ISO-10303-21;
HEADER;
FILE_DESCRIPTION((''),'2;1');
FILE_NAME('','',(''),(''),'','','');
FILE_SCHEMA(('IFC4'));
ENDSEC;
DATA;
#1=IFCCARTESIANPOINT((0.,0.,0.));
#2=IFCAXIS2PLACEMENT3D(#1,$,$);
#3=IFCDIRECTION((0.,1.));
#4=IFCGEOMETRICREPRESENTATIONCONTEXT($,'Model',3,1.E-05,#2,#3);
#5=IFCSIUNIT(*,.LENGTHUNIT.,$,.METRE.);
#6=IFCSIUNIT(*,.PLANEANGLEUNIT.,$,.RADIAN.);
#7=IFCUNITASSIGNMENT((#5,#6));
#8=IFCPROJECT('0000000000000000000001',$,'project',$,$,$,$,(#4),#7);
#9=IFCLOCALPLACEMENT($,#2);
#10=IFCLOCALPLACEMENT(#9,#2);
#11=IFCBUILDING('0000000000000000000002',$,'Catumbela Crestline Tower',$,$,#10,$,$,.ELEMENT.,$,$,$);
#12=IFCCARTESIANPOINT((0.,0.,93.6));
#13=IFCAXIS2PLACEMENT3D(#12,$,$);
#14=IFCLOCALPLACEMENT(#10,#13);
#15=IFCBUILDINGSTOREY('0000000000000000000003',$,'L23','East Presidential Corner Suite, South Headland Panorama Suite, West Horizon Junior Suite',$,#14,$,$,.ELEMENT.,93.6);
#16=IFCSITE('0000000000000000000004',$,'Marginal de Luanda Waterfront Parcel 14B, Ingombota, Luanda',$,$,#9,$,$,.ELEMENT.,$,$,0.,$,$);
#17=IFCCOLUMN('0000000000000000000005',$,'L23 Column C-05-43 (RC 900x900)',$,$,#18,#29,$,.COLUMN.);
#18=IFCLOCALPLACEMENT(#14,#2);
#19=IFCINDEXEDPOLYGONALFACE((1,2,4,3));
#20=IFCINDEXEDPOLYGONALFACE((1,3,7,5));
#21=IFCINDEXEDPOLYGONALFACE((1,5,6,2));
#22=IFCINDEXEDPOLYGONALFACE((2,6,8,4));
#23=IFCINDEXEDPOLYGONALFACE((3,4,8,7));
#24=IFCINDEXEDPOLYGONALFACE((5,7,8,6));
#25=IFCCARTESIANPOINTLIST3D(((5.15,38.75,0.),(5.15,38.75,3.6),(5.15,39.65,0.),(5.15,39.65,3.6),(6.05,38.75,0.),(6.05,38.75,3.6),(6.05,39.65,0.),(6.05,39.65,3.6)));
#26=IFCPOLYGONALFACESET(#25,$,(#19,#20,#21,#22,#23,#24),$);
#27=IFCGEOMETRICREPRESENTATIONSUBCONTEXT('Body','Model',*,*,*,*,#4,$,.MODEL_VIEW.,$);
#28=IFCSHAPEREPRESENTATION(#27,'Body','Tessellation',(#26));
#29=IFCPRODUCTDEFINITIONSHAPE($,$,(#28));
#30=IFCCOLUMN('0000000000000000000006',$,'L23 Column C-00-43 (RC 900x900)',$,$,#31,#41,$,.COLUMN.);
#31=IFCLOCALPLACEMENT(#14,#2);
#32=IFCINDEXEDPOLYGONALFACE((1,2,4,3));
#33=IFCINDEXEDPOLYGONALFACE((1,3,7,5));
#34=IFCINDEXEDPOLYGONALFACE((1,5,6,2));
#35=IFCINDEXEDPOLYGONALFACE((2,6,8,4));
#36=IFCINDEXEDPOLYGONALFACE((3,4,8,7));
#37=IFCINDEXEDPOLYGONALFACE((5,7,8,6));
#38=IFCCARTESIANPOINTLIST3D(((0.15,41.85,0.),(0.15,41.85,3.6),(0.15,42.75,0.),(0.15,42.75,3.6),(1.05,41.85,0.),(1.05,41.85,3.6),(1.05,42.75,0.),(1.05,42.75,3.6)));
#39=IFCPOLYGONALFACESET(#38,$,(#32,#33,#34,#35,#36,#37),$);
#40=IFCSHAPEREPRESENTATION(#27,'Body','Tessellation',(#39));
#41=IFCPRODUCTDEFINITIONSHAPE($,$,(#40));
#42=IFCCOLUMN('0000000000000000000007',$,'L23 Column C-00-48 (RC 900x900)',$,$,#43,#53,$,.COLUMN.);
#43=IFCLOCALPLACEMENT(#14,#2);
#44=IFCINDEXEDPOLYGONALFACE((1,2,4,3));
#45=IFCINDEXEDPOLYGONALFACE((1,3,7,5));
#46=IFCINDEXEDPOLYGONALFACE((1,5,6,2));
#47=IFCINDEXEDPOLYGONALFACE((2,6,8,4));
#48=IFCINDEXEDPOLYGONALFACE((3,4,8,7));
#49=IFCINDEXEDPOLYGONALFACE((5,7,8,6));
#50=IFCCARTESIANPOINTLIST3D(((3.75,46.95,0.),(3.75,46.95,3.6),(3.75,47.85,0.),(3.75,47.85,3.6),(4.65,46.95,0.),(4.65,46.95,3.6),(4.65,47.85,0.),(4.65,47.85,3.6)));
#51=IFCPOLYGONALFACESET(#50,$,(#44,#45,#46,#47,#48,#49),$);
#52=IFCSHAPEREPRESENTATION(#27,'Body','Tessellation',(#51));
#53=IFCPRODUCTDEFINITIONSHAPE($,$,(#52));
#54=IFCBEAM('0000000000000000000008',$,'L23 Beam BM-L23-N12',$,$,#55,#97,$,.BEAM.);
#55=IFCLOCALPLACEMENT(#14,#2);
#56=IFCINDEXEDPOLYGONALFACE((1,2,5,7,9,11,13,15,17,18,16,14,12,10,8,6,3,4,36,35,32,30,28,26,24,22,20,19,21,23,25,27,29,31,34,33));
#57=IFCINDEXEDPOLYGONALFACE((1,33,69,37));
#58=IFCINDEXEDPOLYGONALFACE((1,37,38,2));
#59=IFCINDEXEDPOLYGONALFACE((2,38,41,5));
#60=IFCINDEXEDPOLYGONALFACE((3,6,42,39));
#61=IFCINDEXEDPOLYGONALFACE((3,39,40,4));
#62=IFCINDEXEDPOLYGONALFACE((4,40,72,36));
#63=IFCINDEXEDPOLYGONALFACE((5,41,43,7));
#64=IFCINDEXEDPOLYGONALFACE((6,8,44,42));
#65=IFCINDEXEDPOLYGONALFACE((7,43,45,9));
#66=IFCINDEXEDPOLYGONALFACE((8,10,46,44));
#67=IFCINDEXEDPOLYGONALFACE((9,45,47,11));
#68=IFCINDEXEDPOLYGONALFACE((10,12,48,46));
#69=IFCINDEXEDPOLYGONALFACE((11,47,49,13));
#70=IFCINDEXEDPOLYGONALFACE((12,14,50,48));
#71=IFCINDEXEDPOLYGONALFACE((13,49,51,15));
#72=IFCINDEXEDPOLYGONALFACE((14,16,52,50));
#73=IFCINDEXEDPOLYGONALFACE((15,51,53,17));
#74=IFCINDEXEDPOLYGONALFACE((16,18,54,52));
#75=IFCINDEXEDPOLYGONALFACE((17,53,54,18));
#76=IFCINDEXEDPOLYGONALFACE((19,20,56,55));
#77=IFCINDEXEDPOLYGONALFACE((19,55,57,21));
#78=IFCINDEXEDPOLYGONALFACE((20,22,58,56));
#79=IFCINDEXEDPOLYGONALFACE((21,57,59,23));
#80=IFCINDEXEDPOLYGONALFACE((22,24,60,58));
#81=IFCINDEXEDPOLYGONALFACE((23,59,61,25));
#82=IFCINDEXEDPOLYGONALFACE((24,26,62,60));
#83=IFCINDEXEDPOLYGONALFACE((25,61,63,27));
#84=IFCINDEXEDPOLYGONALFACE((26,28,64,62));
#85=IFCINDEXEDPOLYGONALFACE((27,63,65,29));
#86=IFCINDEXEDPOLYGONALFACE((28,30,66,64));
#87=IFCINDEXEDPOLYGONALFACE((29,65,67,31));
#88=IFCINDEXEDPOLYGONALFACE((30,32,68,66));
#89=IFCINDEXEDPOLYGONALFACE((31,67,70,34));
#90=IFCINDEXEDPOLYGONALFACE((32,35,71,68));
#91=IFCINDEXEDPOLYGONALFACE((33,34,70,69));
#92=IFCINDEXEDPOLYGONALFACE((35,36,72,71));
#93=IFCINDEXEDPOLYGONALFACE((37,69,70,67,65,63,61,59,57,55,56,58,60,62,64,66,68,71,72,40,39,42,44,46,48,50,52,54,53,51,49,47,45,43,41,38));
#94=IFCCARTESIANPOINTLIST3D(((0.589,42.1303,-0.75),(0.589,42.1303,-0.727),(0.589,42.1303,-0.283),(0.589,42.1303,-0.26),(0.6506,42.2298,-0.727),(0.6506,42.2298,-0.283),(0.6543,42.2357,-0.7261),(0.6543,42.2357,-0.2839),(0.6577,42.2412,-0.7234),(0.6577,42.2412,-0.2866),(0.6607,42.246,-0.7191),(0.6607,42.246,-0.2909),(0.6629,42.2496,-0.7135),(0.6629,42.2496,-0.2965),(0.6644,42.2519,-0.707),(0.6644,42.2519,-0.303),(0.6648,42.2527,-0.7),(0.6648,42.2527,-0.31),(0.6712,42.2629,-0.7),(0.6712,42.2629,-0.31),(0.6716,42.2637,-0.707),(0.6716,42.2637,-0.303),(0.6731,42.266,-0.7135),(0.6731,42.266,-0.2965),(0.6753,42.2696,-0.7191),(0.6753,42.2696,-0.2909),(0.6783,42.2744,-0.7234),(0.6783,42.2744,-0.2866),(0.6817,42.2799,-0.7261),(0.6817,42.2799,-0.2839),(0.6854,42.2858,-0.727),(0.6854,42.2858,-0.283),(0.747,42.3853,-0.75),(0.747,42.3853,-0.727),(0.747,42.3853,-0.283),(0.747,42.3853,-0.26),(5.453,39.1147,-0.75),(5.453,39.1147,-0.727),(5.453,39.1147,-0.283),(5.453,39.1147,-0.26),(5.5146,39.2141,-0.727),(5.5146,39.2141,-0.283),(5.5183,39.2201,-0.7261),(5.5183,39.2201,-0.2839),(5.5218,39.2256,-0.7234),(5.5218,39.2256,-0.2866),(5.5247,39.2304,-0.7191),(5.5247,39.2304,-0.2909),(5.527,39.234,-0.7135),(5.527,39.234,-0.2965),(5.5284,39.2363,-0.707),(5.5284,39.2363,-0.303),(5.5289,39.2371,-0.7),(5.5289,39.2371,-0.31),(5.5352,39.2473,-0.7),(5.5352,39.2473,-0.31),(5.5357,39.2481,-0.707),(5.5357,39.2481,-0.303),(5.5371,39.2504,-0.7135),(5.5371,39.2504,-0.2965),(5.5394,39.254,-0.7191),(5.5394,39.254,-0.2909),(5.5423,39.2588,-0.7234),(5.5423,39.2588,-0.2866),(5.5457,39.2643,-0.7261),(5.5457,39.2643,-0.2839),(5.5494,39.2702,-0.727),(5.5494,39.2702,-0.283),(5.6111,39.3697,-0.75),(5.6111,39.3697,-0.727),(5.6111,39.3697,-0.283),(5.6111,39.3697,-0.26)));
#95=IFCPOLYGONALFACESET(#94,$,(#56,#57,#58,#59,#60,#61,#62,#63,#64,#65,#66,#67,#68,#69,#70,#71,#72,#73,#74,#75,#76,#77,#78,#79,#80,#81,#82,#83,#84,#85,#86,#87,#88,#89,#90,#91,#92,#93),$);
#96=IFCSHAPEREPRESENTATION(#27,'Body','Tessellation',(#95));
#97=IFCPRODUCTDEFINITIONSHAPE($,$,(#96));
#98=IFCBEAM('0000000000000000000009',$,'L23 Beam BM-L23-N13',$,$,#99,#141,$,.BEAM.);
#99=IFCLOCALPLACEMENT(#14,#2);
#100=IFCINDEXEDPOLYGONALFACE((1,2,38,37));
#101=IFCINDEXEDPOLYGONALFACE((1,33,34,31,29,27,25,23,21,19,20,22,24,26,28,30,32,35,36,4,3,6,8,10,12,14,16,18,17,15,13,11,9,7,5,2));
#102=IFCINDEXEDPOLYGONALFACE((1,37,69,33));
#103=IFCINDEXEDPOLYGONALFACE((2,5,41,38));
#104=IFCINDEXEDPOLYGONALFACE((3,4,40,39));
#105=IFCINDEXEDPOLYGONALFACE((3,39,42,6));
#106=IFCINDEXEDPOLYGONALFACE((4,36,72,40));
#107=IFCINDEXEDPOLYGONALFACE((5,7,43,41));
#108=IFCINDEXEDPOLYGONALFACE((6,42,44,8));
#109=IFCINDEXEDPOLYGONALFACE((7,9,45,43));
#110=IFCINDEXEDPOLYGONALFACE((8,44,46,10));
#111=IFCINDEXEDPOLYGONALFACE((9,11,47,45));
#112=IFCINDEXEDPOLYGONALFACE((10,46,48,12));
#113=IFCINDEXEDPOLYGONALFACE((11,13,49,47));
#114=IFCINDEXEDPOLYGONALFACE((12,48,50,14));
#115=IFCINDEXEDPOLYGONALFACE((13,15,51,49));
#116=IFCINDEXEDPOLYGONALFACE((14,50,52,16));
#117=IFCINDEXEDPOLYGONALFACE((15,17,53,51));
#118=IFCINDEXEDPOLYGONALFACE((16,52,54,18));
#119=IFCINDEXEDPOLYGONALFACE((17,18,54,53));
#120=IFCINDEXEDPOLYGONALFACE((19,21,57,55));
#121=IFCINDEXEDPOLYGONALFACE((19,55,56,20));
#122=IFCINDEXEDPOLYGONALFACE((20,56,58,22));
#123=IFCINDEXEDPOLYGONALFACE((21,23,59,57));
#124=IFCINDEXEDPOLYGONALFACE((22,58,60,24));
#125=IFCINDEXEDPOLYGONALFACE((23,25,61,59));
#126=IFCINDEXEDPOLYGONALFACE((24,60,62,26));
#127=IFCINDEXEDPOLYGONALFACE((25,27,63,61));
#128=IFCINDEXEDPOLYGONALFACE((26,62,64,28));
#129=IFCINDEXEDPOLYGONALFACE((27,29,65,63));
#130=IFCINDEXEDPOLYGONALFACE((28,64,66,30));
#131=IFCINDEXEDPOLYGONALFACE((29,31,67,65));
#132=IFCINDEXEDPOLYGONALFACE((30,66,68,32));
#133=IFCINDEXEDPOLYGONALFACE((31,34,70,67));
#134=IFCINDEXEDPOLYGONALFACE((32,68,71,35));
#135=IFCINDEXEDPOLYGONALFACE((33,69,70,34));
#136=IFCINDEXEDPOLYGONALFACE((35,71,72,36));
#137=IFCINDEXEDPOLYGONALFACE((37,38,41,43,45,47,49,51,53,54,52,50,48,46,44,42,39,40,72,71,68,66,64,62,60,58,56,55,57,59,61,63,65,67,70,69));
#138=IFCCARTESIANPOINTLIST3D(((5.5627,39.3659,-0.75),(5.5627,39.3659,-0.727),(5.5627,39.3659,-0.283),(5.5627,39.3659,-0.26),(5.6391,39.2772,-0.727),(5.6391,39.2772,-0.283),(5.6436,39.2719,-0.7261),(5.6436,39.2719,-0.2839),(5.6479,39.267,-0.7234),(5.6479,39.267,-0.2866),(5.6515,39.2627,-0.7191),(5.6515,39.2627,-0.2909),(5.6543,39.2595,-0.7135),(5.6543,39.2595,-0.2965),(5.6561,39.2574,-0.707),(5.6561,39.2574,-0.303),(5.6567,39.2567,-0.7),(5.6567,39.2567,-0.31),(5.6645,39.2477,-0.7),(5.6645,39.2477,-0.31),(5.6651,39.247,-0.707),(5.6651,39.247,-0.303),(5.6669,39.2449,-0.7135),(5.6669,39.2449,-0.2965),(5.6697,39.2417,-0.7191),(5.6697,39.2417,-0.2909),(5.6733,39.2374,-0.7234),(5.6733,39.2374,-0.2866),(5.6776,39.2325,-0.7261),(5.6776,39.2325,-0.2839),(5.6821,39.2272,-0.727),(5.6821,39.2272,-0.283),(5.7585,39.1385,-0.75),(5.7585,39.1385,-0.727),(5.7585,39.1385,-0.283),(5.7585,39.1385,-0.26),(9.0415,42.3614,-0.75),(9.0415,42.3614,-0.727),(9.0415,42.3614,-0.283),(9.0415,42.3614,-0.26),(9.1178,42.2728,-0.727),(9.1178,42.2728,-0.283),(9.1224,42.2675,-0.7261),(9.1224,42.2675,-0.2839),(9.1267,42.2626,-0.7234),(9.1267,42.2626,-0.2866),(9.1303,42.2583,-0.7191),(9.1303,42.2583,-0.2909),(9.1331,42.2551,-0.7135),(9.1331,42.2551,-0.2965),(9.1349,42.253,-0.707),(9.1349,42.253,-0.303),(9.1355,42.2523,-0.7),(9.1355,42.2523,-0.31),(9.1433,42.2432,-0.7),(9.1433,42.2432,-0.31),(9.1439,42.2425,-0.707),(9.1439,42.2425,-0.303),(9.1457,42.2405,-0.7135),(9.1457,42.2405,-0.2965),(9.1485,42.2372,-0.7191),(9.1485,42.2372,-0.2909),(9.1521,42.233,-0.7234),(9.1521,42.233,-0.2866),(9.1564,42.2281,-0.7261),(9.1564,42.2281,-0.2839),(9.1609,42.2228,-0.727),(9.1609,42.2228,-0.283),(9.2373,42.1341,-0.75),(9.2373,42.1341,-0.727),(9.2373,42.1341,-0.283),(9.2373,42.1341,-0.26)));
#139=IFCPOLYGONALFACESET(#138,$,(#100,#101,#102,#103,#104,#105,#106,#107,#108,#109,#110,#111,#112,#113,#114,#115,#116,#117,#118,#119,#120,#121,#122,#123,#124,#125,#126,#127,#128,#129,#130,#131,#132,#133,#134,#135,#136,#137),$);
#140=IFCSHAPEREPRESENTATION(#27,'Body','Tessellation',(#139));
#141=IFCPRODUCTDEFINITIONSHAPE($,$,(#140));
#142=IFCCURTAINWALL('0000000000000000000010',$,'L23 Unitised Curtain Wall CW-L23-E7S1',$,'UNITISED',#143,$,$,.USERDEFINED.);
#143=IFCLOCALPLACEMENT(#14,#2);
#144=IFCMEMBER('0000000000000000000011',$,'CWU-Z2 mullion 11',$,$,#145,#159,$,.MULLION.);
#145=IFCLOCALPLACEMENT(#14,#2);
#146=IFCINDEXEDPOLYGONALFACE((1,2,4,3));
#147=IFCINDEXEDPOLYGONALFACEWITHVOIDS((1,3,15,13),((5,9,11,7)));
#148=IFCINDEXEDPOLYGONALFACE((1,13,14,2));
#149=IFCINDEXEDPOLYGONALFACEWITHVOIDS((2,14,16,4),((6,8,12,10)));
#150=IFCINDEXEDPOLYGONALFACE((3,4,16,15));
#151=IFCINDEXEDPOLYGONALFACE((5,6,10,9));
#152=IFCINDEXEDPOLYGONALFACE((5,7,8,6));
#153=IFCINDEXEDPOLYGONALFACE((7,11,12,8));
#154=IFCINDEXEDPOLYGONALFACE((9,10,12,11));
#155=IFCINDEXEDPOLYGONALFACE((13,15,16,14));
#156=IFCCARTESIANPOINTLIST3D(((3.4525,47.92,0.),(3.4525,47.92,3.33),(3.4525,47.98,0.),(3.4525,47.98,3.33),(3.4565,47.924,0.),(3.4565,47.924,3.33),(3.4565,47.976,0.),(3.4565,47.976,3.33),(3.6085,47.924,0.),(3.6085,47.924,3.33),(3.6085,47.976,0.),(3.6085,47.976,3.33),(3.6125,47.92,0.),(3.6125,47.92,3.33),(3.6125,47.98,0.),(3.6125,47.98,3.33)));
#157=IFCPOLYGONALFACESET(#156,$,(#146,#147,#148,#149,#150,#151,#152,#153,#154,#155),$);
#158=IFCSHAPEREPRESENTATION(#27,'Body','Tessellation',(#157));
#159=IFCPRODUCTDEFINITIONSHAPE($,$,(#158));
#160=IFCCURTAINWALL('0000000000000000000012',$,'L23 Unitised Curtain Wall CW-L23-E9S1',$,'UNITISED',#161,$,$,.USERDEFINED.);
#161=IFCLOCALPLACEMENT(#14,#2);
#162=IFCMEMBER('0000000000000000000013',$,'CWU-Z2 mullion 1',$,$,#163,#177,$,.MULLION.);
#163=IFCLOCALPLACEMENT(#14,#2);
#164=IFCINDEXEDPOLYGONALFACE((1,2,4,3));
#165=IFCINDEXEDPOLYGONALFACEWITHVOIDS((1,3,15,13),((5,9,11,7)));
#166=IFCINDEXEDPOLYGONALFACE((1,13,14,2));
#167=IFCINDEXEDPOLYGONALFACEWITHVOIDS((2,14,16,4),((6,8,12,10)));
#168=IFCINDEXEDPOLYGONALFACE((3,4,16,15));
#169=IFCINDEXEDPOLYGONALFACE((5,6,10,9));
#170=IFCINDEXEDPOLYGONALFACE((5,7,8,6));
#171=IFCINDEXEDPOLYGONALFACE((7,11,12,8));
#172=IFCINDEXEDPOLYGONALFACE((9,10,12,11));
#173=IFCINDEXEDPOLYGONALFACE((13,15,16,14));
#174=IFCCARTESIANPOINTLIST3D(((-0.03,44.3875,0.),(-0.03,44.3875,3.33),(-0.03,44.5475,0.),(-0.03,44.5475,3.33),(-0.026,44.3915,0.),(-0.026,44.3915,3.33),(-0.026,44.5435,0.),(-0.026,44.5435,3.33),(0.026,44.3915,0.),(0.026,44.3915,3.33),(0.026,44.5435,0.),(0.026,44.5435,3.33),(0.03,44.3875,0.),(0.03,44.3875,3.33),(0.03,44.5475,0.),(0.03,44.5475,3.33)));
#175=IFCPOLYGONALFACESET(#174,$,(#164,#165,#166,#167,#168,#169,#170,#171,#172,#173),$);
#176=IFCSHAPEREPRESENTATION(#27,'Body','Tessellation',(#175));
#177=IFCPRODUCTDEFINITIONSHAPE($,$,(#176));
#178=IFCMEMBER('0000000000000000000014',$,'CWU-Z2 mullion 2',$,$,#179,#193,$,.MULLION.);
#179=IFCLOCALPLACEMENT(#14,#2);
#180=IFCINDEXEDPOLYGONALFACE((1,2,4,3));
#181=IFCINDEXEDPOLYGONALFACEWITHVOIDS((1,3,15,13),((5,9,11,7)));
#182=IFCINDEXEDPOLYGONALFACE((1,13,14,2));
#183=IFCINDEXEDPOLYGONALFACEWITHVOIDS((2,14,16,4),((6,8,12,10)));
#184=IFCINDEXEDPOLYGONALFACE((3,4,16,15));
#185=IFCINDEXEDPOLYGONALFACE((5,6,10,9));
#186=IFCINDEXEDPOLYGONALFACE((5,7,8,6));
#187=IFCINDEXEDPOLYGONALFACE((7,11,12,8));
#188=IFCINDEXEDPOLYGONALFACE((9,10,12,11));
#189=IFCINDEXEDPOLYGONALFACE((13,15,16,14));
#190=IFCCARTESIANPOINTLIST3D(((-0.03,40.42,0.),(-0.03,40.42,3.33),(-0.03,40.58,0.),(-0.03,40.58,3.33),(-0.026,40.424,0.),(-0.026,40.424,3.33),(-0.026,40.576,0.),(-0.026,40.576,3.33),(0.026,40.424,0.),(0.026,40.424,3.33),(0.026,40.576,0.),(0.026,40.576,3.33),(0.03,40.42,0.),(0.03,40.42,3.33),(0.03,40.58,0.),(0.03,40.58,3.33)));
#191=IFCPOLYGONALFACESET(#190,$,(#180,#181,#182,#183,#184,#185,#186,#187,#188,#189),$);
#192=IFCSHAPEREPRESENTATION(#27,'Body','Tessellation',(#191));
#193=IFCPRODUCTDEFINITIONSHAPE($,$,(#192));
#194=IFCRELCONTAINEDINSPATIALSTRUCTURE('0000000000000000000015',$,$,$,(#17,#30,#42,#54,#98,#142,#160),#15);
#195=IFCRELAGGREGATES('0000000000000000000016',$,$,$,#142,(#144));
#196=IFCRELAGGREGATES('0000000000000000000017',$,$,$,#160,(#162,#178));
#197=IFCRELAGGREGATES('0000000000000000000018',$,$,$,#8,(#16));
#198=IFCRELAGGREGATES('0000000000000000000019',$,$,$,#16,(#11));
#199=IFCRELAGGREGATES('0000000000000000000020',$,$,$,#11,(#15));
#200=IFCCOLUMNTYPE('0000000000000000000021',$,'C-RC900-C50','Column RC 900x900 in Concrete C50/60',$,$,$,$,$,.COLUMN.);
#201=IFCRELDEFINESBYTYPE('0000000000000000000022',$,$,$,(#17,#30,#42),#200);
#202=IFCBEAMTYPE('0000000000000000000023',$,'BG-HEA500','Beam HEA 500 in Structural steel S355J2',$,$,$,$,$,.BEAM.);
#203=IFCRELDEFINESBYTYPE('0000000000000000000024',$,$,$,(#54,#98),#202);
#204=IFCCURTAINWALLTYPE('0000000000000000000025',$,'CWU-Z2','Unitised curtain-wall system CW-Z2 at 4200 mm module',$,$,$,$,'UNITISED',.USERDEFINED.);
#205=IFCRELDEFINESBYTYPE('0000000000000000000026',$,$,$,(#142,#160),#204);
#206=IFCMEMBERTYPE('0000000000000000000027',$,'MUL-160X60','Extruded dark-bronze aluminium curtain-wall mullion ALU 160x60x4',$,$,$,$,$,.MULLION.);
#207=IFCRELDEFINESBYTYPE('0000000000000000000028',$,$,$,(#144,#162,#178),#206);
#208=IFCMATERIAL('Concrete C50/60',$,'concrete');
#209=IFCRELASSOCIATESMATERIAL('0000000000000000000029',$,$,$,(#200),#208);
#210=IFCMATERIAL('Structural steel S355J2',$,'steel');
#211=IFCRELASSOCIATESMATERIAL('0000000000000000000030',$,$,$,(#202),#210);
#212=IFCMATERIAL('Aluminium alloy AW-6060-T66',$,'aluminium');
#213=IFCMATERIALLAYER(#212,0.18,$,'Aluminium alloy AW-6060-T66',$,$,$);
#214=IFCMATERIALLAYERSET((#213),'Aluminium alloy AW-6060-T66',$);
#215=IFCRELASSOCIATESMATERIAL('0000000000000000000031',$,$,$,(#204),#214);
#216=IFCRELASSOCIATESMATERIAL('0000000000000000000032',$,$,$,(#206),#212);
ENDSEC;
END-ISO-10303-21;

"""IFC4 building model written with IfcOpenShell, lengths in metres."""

from ifc_helpers import new_model, si_unit, direction, frame, origin, origin_2d, place, context, subcontext, project, spatial, rectangle, hollow_rectangle, i_section, extrude, material, layer, layer_set, material_profile, profile_set, type_object, element, aggregate, save


model = new_model("IFC4")

# Units and contexts
model_context = context("Model", 3, precision=1e-05, world=origin(), true_north=direction((0.0, 1.0)))
body_context = subcontext(model_context, "Body", "Model", "MODEL_VIEW")
ifc_project = project(units=[si_unit("LENGTHUNIT", "METRE"), si_unit("PLANEANGLEUNIT", "RADIAN")], contexts=[model_context])

# Site, building, storey
site_placement = place(None, origin())
site = spatial("IfcSite", under=ifc_project, at=site_placement, Name="Marginal de Luanda Waterfront Parcel 14B, Ingombota, Luanda", CompositionType="ELEMENT", RefElevation=0.0)
building_placement = place(site_placement, origin())
building = spatial("IfcBuilding", under=site, at=building_placement, Name="Catumbela Crestline Tower", CompositionType="ELEMENT")
storey_placement = place(building_placement, frame((0.0, 0.0, 93.6)))
storey = spatial("IfcBuildingStorey", under=building, at=storey_placement, Name="L23", Description="East Presidential Corner Suite, South Headland Panorama Suite, West Horizon Junior Suite", CompositionType="ELEMENT", Elevation=93.6)

# Columns
ifc_material_1 = material(Name="Concrete C50/60", Category="concrete")
ifc_material_profile_1 = material_profile(ifc_material_1, rectangle(XDim=0.9, YDim=0.9, at=origin_2d()), Name="RC 900x900")
ifc_profile_set_1 = profile_set([ifc_material_profile_1], Name="Concrete C50/60")
column_type = type_object("IfcColumnType", Name="C-RC900-C50", Description="Column RC 900x900 in Concrete C50/60", PredefinedType="COLUMN", material=ifc_profile_set_1)
for number, where, z_axis, x_axis, name in (
    (1, (5.6, 39.2, 0.0), (0.0, 0.0, 1.0), (1.0, 0.0, 0.0), "L23 Column C-05-43 (RC 900x900)"),
    (2, (0.6, 42.3, 0.0), (0.0, 0.0, 1.0), (1.0, 0.0, 0.0), "L23 Column C-00-43 (RC 900x900)"),
    (3, (4.2, 47.4, 0.0), (0.0, 0.0, 1.0), (1.0, 0.0, 0.0), "L23 Column C-00-48 (RC 900x900)"),
):
    element("IfcColumn", number, at=place(storey_placement, frame(where, z_axis=z_axis, x_axis=x_axis)), inside=storey, type_object=column_type, Name=name, PredefinedType="COLUMN", context=body_context, shape_type="SweptSolid", body=[
        extrude(rectangle(XDim=0.9, YDim=0.9, at=origin_2d()), origin(), (0.0, 0.0, 1.0), 3.6),
    ])

# Beams
ifc_material_2 = material(Name="Structural steel S355J2", Category="steel")
ifc_material_profile_2 = material_profile(ifc_material_2, i_section(OverallWidth=0.3, OverallDepth=0.49, WebThickness=0.012, FlangeThickness=0.023, FilletRadius=0.027, at=origin_2d()), Name="HEA 500")
ifc_profile_set_2 = profile_set([ifc_material_profile_2], Name="Structural steel S355J2")
beam_type_1 = type_object("IfcBeamType", Name="BG-HEA500", Description="Beam HEA 500 in Structural steel S355J2", PredefinedType="BEAM", material=ifc_profile_set_2)
beam_1_placement = place(storey_placement, frame((0.668, 42.2578, -0.505), z_axis=(0.849909, -0.52693, 0.0), x_axis=(0.52693, 0.849909, 0.0)))
element("IfcBeam", 4, at=beam_1_placement, inside=storey, type_object=beam_type_1, Name="L23 Beam BM-L23-N12", PredefinedType="BEAM", context=body_context, shape_type="SweptSolid", body=[
    extrude(i_section(OverallWidth=0.3, OverallDepth=0.49, WebThickness=0.012, FlangeThickness=0.023, FilletRadius=0.027, at=origin_2d()), origin(), (0.0, 0.0, 1.0), 5.723),
])
beam_2_placement = place(storey_placement, frame((5.6606, 39.2522, -0.505), z_axis=(0.757772, 0.652519, 0.0), x_axis=(-0.652519, 0.757772, 0.0)))
element("IfcBeam", 5, at=beam_2_placement, inside=storey, type_object=beam_type_1, Name="L23 Beam BM-L23-N13", PredefinedType="BEAM", context=body_context, shape_type="SweptSolid", body=[
    extrude(i_section(OverallWidth=0.3, OverallDepth=0.49, WebThickness=0.012, FlangeThickness=0.023, FilletRadius=0.027, at=origin_2d()), origin(), (0.0, 0.0, 1.0), 4.5908),
])

# Curtain wall, member
ifc_material_3 = material(Name="Aluminium alloy AW-6060-T66", Category="aluminium")
ifc_layer_1 = layer(ifc_material_3, 0.18, Name="Aluminium alloy AW-6060-T66")
ifc_layer_set_1 = layer_set([ifc_layer_1], Name="Aluminium alloy AW-6060-T66")
curtain_wall_type = type_object("IfcCurtainWallType", Name="CWU-Z2", Description="Unitised curtain-wall system CW-Z2 at 4200 mm module", ElementType="UNITISED", PredefinedType="USERDEFINED", material=ifc_layer_set_1)
curtain_wall_1_placement = place(storey_placement, origin())
curtain_wall_1 = element("IfcCurtainWall", 6, at=curtain_wall_1_placement, inside=storey, type_object=curtain_wall_type, Name="L23 Unitised Curtain Wall CW-L23-E7S1", ObjectType="UNITISED", PredefinedType="USERDEFINED")
ifc_material_profile_3 = material_profile(ifc_material_3, hollow_rectangle(XDim=0.06, YDim=0.16, WallThickness=0.004, at=origin_2d()), Name="ALU 160x60x4")
ifc_profile_set_3 = profile_set([ifc_material_profile_3], Name="Aluminium alloy AW-6060-T66")
member_type_1 = type_object("IfcMemberType", Name="MUL-160X60", Description="Extruded dark-bronze aluminium curtain-wall mullion ALU 160x60x4", PredefinedType="MULLION", material=ifc_profile_set_3)
member_1_placement = place(storey_placement, frame((3.5325, 47.95, 0.0), z_axis=(0.0, 0.0, 1.0), x_axis=(0.0, -1.0, 0.0)))
member_1 = element("IfcMember", 7, at=member_1_placement, type_object=member_type_1, Name="CWU-Z2 mullion 11", PredefinedType="MULLION", context=body_context, shape_type="SweptSolid", body=[
    extrude(hollow_rectangle(XDim=0.06, YDim=0.16, WallThickness=0.004, at=origin_2d()), origin(), (0.0, 0.0, 1.0), 3.33),
])

# Curtain wall, members
curtain_wall_2_placement = place(storey_placement, origin())
curtain_wall_2 = element("IfcCurtainWall", 8, at=curtain_wall_2_placement, inside=storey, type_object=curtain_wall_type, Name="L23 Unitised Curtain Wall CW-L23-E9S1", ObjectType="UNITISED", PredefinedType="USERDEFINED")
member_2_placement = place(storey_placement, frame((0.0, 44.4675, 0.0), z_axis=(0.0, 0.0, 1.0), x_axis=(1.0, 0.0, 0.0)))
member_2 = element("IfcMember", 9, at=member_2_placement, type_object=member_type_1, Name="CWU-Z2 mullion 1", PredefinedType="MULLION", context=body_context, shape_type="SweptSolid", body=[
    extrude(hollow_rectangle(XDim=0.06, YDim=0.16, WallThickness=0.004, at=origin_2d()), origin(), (0.0, 0.0, 1.0), 3.33),
])
member_3_placement = place(storey_placement, frame((0.0, 40.5, 0.0), z_axis=(0.0, 0.0, 1.0), x_axis=(1.0, 0.0, 0.0)))
member_3 = element("IfcMember", 10, at=member_3_placement, type_object=member_type_1, Name="CWU-Z2 mullion 2", PredefinedType="MULLION", context=body_context, shape_type="SweptSolid", body=[
    extrude(hollow_rectangle(XDim=0.06, YDim=0.16, WallThickness=0.004, at=origin_2d()), origin(), (0.0, 0.0, 1.0), 3.33),
])

aggregate(curtain_wall_1, [member_1])
aggregate(curtain_wall_2, [member_2, member_3])

save(model, "model.ifc")
